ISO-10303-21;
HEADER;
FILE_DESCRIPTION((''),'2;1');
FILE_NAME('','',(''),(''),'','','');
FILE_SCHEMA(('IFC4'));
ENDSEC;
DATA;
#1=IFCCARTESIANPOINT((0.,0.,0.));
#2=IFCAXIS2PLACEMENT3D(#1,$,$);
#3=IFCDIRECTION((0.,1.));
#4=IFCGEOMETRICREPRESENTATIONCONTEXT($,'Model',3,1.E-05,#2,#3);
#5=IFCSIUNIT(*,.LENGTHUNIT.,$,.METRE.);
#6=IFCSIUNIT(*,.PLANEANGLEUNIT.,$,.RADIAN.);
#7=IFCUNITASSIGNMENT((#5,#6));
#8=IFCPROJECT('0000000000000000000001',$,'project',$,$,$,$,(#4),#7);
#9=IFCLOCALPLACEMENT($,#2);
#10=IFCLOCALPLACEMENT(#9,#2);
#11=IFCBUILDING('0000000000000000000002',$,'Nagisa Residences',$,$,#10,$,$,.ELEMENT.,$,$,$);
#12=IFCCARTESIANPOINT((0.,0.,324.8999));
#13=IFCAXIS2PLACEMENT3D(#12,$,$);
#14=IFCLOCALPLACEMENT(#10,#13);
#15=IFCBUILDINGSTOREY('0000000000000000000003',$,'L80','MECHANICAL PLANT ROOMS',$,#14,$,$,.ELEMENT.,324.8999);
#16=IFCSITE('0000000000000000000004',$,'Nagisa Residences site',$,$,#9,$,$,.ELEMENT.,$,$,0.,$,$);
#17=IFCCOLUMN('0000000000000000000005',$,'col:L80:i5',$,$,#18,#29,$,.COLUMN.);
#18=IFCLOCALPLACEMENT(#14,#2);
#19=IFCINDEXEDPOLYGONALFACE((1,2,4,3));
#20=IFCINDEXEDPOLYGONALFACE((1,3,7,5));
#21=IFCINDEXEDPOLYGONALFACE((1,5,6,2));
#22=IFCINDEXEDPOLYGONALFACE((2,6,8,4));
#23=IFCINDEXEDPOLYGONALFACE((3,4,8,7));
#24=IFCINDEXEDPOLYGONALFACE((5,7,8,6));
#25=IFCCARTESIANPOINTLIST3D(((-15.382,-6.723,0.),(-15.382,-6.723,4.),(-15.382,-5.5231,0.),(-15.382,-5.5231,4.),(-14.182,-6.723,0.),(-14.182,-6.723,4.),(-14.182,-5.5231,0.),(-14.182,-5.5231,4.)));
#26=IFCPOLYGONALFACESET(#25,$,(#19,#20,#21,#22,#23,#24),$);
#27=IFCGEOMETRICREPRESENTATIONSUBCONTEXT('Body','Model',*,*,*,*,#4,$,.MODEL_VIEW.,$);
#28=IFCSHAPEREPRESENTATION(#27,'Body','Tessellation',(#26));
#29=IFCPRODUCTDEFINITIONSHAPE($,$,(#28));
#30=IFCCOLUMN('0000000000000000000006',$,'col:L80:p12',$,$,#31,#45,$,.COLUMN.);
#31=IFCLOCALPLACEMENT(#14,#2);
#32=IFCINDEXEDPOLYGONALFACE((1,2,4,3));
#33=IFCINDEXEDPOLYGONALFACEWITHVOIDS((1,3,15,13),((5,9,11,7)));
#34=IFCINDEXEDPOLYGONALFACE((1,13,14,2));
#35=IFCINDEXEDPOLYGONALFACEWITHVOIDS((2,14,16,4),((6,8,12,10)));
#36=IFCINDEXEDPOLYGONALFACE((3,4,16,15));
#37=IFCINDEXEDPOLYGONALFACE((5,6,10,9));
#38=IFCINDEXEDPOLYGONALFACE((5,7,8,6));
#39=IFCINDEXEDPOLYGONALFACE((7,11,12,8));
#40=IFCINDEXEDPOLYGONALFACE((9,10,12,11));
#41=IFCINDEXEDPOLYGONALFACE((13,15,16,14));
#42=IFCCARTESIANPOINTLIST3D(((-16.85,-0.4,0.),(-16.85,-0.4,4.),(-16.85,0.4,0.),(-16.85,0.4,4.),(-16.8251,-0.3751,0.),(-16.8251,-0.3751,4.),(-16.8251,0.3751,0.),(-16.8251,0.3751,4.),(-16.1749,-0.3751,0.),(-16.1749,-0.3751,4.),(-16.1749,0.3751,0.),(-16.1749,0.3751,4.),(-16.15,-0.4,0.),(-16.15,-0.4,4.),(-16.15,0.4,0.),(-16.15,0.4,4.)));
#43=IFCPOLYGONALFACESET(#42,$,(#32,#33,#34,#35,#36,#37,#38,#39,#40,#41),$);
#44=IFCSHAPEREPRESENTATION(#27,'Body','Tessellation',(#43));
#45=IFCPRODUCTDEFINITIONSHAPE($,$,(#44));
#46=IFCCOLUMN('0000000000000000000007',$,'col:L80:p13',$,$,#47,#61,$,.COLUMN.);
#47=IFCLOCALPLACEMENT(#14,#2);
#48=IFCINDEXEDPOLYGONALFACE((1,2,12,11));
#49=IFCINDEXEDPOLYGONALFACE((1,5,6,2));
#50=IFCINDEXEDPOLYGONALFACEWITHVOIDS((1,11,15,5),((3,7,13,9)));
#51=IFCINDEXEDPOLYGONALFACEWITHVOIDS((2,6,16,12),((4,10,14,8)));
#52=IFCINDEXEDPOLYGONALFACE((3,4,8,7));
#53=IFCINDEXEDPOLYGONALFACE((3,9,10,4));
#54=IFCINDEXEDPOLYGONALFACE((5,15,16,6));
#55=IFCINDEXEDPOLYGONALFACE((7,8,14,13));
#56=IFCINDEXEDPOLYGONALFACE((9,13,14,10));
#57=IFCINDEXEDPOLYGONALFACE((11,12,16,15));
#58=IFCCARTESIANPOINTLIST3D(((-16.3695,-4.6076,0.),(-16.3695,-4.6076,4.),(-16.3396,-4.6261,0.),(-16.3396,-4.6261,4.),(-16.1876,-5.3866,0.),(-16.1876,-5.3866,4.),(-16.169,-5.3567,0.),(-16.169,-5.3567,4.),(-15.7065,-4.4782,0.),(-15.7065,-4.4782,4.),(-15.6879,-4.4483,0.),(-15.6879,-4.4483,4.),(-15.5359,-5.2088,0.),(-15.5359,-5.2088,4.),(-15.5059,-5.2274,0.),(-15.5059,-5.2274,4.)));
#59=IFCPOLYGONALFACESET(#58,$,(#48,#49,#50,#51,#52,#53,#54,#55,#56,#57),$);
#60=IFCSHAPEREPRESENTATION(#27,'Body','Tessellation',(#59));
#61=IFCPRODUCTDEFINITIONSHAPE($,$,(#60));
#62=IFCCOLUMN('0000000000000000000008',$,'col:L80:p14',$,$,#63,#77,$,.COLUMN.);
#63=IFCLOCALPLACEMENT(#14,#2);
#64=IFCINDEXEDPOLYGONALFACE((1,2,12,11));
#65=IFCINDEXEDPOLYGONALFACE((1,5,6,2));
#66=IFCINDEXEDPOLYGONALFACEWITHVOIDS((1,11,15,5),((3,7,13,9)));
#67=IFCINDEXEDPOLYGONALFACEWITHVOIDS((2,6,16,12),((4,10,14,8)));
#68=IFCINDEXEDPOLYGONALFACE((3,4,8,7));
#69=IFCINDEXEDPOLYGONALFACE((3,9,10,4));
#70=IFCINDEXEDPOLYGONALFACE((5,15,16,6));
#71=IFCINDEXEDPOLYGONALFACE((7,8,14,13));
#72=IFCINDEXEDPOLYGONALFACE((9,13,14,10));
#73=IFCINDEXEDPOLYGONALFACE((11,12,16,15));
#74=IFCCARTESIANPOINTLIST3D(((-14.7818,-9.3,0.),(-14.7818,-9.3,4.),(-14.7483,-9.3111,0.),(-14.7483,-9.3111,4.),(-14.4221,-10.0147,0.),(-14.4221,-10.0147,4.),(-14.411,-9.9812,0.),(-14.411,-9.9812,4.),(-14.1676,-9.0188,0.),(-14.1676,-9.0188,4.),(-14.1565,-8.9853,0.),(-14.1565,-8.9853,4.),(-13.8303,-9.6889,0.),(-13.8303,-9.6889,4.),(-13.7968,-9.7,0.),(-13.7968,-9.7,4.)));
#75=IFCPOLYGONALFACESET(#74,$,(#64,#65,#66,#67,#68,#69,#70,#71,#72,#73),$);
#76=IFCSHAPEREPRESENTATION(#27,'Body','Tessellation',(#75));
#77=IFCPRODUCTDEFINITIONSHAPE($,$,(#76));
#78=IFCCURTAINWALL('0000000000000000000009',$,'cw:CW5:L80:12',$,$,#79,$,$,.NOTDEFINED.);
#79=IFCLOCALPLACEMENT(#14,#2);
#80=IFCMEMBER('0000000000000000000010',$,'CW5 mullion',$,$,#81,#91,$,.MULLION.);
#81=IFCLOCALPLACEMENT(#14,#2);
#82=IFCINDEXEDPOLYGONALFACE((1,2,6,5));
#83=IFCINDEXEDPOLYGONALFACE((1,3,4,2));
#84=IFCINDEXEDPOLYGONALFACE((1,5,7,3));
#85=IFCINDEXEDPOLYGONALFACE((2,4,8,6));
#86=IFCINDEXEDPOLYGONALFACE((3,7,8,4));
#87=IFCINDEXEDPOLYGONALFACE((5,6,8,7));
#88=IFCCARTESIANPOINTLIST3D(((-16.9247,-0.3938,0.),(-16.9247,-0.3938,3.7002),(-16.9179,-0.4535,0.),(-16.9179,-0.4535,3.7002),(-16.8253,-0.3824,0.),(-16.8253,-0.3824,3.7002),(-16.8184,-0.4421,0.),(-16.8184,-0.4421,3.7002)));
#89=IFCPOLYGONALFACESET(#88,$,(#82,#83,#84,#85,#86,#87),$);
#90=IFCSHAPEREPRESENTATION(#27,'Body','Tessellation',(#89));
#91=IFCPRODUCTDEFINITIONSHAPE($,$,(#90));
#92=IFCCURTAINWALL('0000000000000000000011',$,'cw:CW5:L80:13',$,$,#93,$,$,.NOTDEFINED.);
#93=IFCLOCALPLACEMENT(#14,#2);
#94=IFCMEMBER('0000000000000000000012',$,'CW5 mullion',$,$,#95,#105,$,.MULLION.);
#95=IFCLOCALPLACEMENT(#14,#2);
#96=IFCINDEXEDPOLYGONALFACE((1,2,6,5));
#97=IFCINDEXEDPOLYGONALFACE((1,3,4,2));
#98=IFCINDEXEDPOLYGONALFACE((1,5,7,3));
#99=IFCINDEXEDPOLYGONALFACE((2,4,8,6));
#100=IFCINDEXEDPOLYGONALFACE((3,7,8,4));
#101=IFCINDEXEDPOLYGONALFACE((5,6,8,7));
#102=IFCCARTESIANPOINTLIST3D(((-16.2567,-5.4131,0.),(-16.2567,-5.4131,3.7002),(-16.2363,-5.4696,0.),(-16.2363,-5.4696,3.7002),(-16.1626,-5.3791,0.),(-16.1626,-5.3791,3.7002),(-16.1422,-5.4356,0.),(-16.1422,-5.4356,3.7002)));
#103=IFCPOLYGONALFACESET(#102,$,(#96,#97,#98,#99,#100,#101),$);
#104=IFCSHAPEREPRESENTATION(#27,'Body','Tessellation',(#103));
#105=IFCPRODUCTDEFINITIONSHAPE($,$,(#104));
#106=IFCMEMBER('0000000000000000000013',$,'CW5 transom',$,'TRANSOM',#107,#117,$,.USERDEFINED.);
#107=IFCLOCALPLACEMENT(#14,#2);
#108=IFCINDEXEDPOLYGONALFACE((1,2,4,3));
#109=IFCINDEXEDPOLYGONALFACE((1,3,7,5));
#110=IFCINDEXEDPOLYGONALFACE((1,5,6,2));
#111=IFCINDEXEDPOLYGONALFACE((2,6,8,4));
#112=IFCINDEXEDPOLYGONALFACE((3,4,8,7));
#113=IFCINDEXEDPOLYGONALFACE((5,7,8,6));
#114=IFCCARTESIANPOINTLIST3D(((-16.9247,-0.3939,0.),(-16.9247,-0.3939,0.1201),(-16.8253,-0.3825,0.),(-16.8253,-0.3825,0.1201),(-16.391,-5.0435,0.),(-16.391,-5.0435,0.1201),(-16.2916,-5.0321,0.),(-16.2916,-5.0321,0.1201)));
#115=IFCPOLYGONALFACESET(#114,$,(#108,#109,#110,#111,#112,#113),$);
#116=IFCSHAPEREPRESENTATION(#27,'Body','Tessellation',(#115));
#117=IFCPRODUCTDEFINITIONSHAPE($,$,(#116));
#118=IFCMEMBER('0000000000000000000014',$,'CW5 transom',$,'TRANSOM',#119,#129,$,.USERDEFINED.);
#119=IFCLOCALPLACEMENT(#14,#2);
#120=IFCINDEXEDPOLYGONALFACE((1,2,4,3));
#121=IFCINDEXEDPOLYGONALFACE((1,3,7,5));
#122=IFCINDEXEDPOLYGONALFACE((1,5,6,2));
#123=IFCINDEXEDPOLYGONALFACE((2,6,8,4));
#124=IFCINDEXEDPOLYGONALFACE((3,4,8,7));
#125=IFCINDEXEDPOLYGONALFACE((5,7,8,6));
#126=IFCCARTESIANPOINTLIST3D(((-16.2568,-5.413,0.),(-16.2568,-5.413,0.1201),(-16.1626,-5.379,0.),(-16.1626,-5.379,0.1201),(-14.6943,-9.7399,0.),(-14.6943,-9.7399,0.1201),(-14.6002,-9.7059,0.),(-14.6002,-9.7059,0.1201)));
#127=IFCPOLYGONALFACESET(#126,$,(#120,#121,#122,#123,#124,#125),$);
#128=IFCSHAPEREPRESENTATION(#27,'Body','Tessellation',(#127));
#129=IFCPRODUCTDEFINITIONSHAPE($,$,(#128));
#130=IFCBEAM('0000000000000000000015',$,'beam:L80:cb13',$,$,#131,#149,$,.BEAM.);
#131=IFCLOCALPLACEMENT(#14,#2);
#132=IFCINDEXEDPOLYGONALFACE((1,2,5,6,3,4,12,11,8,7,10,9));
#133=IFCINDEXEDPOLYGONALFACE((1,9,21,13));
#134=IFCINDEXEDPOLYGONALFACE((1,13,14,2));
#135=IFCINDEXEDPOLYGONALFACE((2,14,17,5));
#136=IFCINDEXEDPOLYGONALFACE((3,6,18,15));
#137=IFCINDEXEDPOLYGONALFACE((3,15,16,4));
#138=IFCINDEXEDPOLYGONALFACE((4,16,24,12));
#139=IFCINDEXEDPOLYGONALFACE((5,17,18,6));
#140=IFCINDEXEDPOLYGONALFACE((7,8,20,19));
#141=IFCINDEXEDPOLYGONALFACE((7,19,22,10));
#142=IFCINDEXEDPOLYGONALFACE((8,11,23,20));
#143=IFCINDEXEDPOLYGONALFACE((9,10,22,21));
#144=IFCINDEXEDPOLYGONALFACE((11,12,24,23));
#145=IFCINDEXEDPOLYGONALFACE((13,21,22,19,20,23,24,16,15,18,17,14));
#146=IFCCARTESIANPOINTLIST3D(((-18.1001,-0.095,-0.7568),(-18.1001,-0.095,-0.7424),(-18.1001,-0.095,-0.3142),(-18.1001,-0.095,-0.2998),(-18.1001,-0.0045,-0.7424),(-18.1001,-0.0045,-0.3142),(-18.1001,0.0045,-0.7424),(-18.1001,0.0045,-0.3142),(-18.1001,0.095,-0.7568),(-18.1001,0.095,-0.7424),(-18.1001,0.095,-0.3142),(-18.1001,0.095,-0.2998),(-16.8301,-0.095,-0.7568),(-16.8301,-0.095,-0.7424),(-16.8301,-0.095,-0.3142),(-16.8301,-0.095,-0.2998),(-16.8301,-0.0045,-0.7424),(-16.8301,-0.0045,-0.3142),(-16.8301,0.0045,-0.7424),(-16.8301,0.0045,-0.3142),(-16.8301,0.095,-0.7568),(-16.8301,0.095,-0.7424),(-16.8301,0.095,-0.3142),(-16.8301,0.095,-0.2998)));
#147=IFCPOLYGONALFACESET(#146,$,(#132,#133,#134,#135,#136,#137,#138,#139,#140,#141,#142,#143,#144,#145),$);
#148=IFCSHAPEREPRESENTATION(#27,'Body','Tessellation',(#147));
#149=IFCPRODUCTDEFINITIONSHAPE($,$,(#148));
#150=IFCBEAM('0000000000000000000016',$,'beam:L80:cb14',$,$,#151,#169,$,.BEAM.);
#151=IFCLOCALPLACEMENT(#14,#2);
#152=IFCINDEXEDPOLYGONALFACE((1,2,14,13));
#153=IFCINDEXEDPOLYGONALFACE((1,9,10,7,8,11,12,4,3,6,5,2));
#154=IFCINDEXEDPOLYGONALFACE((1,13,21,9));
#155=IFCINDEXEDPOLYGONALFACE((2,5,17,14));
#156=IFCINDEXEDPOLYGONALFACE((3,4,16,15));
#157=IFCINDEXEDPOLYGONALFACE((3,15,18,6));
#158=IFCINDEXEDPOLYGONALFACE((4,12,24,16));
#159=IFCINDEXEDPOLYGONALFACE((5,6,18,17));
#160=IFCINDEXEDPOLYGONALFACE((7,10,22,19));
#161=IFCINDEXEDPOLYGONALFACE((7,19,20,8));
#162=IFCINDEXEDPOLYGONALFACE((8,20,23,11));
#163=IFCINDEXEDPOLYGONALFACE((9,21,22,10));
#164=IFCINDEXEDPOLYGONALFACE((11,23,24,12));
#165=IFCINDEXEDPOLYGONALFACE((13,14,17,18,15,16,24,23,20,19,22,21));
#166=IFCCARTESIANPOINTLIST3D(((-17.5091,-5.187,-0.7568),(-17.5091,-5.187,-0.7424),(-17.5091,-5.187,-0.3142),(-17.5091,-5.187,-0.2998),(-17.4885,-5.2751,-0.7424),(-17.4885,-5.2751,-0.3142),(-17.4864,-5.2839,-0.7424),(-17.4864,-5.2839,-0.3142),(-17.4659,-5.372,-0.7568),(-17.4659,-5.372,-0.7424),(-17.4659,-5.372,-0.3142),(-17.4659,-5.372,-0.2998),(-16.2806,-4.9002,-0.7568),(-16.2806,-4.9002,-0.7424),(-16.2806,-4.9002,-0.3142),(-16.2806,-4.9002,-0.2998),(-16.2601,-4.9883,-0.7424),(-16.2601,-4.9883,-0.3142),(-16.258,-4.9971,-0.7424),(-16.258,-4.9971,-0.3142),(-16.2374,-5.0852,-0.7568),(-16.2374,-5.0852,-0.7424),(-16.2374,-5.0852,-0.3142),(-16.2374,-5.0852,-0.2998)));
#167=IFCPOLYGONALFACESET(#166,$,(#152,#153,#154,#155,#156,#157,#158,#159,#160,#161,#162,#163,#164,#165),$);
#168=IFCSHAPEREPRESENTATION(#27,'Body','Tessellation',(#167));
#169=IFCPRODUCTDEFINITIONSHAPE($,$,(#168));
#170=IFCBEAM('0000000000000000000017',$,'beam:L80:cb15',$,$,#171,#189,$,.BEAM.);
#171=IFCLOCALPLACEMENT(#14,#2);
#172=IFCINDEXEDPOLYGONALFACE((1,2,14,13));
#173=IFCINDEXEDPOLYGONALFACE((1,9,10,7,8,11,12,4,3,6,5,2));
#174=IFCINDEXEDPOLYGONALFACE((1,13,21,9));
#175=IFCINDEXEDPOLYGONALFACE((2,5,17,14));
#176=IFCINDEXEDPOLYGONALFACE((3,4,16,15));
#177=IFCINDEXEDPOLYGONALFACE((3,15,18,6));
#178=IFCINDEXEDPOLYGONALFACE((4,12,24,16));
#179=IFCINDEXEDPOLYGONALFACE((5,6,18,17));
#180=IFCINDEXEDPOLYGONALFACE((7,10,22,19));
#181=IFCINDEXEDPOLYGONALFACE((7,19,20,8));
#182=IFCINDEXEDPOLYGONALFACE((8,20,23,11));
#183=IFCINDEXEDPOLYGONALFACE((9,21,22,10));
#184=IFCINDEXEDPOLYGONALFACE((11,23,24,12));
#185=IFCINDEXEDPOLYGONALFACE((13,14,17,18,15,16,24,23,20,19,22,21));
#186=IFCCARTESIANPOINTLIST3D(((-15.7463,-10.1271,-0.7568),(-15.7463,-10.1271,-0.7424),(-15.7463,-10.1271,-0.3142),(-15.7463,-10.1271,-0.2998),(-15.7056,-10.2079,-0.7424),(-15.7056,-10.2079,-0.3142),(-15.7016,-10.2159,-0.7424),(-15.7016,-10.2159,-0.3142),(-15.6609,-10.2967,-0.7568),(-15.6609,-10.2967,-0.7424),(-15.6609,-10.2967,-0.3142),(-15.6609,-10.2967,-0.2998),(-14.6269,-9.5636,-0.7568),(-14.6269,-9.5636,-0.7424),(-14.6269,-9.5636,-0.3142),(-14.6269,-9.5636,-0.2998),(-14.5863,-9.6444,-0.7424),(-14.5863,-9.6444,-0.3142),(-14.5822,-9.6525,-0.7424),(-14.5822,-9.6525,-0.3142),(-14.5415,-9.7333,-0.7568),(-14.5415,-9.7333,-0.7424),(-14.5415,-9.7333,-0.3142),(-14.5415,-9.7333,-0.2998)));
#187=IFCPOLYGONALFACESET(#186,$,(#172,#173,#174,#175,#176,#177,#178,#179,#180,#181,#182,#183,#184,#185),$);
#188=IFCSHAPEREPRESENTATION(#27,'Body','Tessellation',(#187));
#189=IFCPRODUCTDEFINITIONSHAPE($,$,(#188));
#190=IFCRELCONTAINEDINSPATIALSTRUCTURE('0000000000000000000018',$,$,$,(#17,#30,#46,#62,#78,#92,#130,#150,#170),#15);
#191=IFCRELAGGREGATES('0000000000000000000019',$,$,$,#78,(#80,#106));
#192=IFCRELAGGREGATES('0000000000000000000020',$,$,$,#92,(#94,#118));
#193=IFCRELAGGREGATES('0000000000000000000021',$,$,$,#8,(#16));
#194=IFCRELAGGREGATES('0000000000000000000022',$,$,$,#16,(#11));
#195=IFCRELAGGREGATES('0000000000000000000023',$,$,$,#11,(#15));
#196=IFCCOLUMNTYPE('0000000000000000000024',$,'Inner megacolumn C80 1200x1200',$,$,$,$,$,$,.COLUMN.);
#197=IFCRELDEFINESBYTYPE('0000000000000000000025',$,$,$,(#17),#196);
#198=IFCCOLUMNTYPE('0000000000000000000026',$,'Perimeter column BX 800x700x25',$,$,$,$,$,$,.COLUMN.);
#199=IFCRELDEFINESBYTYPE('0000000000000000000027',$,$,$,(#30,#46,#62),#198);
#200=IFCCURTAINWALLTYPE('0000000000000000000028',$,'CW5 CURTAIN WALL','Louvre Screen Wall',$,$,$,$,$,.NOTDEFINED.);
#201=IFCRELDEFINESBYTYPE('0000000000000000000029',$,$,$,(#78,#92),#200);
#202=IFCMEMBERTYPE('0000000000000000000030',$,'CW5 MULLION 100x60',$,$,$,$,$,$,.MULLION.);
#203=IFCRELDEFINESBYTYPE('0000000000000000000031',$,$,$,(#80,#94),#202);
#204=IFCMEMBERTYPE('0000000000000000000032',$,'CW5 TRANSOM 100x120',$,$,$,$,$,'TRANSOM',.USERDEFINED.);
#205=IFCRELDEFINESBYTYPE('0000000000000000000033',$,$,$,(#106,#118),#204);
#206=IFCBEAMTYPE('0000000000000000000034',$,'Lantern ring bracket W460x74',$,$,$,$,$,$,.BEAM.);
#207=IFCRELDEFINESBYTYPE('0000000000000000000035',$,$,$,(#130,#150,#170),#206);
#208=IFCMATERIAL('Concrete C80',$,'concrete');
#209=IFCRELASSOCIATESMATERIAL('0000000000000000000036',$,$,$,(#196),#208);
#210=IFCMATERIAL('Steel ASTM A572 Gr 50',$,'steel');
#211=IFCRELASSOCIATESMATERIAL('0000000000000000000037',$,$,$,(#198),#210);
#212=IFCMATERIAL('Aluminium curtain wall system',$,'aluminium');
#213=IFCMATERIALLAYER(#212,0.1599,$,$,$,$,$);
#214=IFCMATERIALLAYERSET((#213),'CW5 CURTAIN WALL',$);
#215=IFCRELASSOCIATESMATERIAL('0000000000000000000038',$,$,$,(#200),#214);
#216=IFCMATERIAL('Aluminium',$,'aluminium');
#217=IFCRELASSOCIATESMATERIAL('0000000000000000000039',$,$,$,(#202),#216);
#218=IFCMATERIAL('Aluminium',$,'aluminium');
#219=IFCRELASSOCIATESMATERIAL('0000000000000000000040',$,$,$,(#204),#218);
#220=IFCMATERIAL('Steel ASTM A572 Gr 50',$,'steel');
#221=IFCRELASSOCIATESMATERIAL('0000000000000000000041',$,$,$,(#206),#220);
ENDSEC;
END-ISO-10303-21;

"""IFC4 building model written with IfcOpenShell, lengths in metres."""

from ifc_helpers import new_model, si_unit, direction, frame, origin, origin_2d, place, context, subcontext, project, spatial, rectangle, hollow_rectangle, i_section, extrude, material, layer, layer_set, material_profile, profile_set, type_object, element, aggregate, save


model = new_model("IFC4")

# Units and contexts
model_context = context("Model", 3, precision=1e-05, world=origin(), true_north=direction((0.0, 1.0)))
body_context = subcontext(model_context, "Body", "Model", "MODEL_VIEW")
ifc_project = project(units=[si_unit("LENGTHUNIT", "METRE"), si_unit("PLANEANGLEUNIT", "RADIAN")], contexts=[model_context])

# Site, building, storey
site_placement = place(None, origin())
site = spatial("IfcSite", under=ifc_project, at=site_placement, Name="Nagisa Residences site", CompositionType="ELEMENT", RefElevation=0.0)
building_placement = place(site_placement, origin())
building = spatial("IfcBuilding", under=site, at=building_placement, Name="Nagisa Residences", CompositionType="ELEMENT")
storey_placement = place(building_placement, frame((0.0, 0.0, 324.8999)))
storey = spatial("IfcBuildingStorey", under=building, at=storey_placement, Name="L80", Description="MECHANICAL PLANT ROOMS", CompositionType="ELEMENT", Elevation=324.8999)

# Columns
ifc_material_1 = material(Name="Concrete C80", Category="concrete")
ifc_material_profile_1 = material_profile(ifc_material_1, rectangle(XDim=1.2, YDim=1.2, at=origin_2d()), Name="C80 1200x1200")
ifc_profile_set_1 = profile_set([ifc_material_profile_1], Name="Concrete C80")
column_type_1 = type_object("IfcColumnType", Name="Inner megacolumn C80 1200x1200", PredefinedType="COLUMN", material=ifc_profile_set_1)
column_placement = place(storey_placement, frame((-14.782, -6.123, 0.0), z_axis=(0.0, 0.0, 1.0), x_axis=(1.0, 0.0, 0.0)))
element("IfcColumn", 1, at=column_placement, inside=storey, type_object=column_type_1, Name="col:L80:i5", PredefinedType="COLUMN", context=body_context, shape_type="SweptSolid", body=[
    extrude(rectangle(XDim=1.2, YDim=1.2, at=origin_2d()), origin(), (0.0, 0.0, 1.0), 4.0),
])
ifc_material_2 = material(Name="Steel ASTM A572 Gr 50", Category="steel")
ifc_material_profile_2 = material_profile(ifc_material_2, hollow_rectangle(XDim=0.8, YDim=0.7, WallThickness=0.0249, at=origin_2d()), Name="BX 800x700x25")
ifc_profile_set_2 = profile_set([ifc_material_profile_2], Name="Steel ASTM A572 Gr 50")
column_type_2 = type_object("IfcColumnType", Name="Perimeter column BX 800x700x25", PredefinedType="COLUMN", material=ifc_profile_set_2)
for number, where, z_axis, x_axis, name in (
    (2, (-16.5, 0.0, 0.0), (0.0, 0.0, 1.0), (0.0, -1.0, 0.0), "col:L80:p12"),
    (3, (-15.9377, -4.9175, 0.0), (0.0, 0.0, 1.0), (0.227473, -0.973784, 0.0), "col:L80:p13"),
    (4, (-14.2893, -9.5, 0.0), (0.0, 0.0, 1.0), (0.449592, -0.893234, 0.0), "col:L80:p14"),
):
    element("IfcColumn", number, at=place(storey_placement, frame(where, z_axis=z_axis, x_axis=x_axis)), inside=storey, type_object=column_type_2, Name=name, PredefinedType="COLUMN", context=body_context, shape_type="SweptSolid", body=[
        extrude(hollow_rectangle(XDim=0.8, YDim=0.7, WallThickness=0.0249, at=origin_2d()), origin(), (0.0, 0.0, 1.0), 4.0),
    ])

# Curtain walls, members
ifc_material_3 = material(Name="Aluminium curtain wall system", Category="aluminium")
ifc_layer_1 = layer(ifc_material_3, 0.1599)
ifc_layer_set_1 = layer_set([ifc_layer_1], Name="CW5 CURTAIN WALL")
curtain_wall_type = type_object("IfcCurtainWallType", Name="CW5 CURTAIN WALL", Description="Louvre Screen Wall", PredefinedType="NOTDEFINED", material=ifc_layer_set_1)
curtain_wall_1_placement = place(storey_placement, origin())
curtain_wall_1 = element("IfcCurtainWall", 5, at=curtain_wall_1_placement, inside=storey, type_object=curtain_wall_type, Name="cw:CW5:L80:12", PredefinedType="NOTDEFINED")
ifc_material_4 = material(Name="Aluminium", Category="aluminium")
ifc_material_profile_3 = material_profile(ifc_material_4, rectangle(XDim=0.1001, YDim=0.0601, at=origin_2d()), Name="CW5 MULLION 100x60")
ifc_profile_set_3 = profile_set([ifc_material_profile_3], Name="Aluminium")
member_type_1 = type_object("IfcMemberType", Name="CW5 MULLION 100x60", PredefinedType="MULLION", material=ifc_profile_set_3)
member_1_placement = place(storey_placement, frame((-16.8716, -0.418, 0.0), z_axis=(0.0, 0.0, 1.0), x_axis=(0.993478, 0.114025, 0.0)))
member_1 = element("IfcMember", 6, at=member_1_placement, type_object=member_type_1, Name="CW5 mullion", PredefinedType="MULLION", context=body_context, shape_type="SweptSolid", body=[
    extrude(rectangle(XDim=0.1001, YDim=0.0601, at=origin_2d()), origin(), (0.0, 0.0, 1.0), 3.7002),
])
curtain_wall_2_placement = place(storey_placement, origin())
curtain_wall_2 = element("IfcCurtainWall", 7, at=curtain_wall_2_placement, inside=storey, type_object=curtain_wall_type, Name="cw:CW5:L80:13", PredefinedType="NOTDEFINED")
member_2_placement = place(storey_placement, frame((-16.1995, -5.4243, 0.0), z_axis=(0.0, 0.0, 1.0), x_axis=(0.940554, 0.339643, 0.0)))
member_2 = element("IfcMember", 8, at=member_2_placement, type_object=member_type_1, Name="CW5 mullion", PredefinedType="MULLION", context=body_context, shape_type="SweptSolid", body=[
    extrude(rectangle(XDim=0.1001, YDim=0.0601, at=origin_2d()), origin(), (0.0, 0.0, 1.0), 3.7002),
])

# Members
ifc_material_5 = material(Name="Aluminium", Category="aluminium")
ifc_material_profile_4 = material_profile(ifc_material_5, rectangle(XDim=0.1001, YDim=0.1201, at=origin_2d()), Name="CW5 TRANSOM 100x120")
ifc_profile_set_4 = profile_set([ifc_material_profile_4], Name="Aluminium")
member_type_2 = type_object("IfcMemberType", Name="CW5 TRANSOM 100x120", ElementType="TRANSOM", PredefinedType="USERDEFINED", material=ifc_profile_set_4)
member_3_placement = place(storey_placement, frame((-16.875, -0.3882, 0.0601), z_axis=(0.114032, -0.993477, 0.0), x_axis=(0.993477, 0.114032, 0.0)))
member_3 = element("IfcMember", 9, at=member_3_placement, type_object=member_type_2, Name="CW5 transom", ObjectType="TRANSOM", PredefinedType="USERDEFINED", context=body_context, shape_type="SweptSolid", body=[
    extrude(rectangle(XDim=0.1001, YDim=0.1201, at=origin_2d()), origin(), (0.0, 0.0, 1.0), 4.6802),
])
member_4_placement = place(storey_placement, frame((-16.2097, -5.396, 0.0601), z_axis=(0.339646, -0.940553, 0.0), x_axis=(0.940553, 0.339646, 0.0)))
member_4 = element("IfcMember", 10, at=member_4_placement, type_object=member_type_2, Name="CW5 transom", ObjectType="TRANSOM", PredefinedType="USERDEFINED", context=body_context, shape_type="SweptSolid", body=[
    extrude(rectangle(XDim=0.1001, YDim=0.1201, at=origin_2d()), origin(), (0.0, 0.0, 1.0), 4.6003),
])

# Beams
ifc_material_6 = material(Name="Steel ASTM A572 Gr 50", Category="steel")
ifc_material_profile_5 = material_profile(ifc_material_6, i_section(OverallWidth=0.1899, OverallDepth=0.457, WebThickness=0.009, FlangeThickness=0.0144, at=origin_2d()), Name="W460x74")
ifc_profile_set_5 = profile_set([ifc_material_profile_5], Name="Steel ASTM A572 Gr 50")
beam_type_1 = type_object("IfcBeamType", Name="Lantern ring bracket W460x74", PredefinedType="BEAM", material=ifc_profile_set_5)
beam_1_placement = place(storey_placement, frame((-16.8301, 0.0, -0.5283), z_axis=(-1.0, 0.0, 0.0), x_axis=(0.0, -1.0, 0.0)))
element("IfcBeam", 11, at=beam_1_placement, inside=storey, type_object=beam_type_1, Name="beam:L80:cb13", PredefinedType="BEAM", context=body_context, shape_type="SweptSolid", body=[
    extrude(i_section(OverallWidth=0.1899, OverallDepth=0.457, WebThickness=0.009, FlangeThickness=0.0144, at=origin_2d()), origin(), (0.0, 0.0, 1.0), 1.27),
])
beam_2_placement = place(storey_placement, frame((-16.259, -4.9927, -0.5283), z_axis=(-0.973804, -0.227389, 0.0), x_axis=(0.227389, -0.973804, 0.0)))
element("IfcBeam", 12, at=beam_2_placement, inside=storey, type_object=beam_type_1, Name="beam:L80:cb14", PredefinedType="BEAM", context=body_context, shape_type="SweptSolid", body=[
    extrude(i_section(OverallWidth=0.1899, OverallDepth=0.457, WebThickness=0.009, FlangeThickness=0.0144, at=origin_2d()), origin(), (0.0, 0.0, 1.0), 1.2615),
])
beam_3_placement = place(storey_placement, frame((-14.5842, -9.6484, -0.5283), z_axis=(-0.893216, -0.449628, 0.0), x_axis=(0.449628, -0.893216, 0.0)))
element("IfcBeam", 13, at=beam_3_placement, inside=storey, type_object=beam_type_1, Name="beam:L80:cb15", PredefinedType="BEAM", context=body_context, shape_type="SweptSolid", body=[
    extrude(i_section(OverallWidth=0.1899, OverallDepth=0.457, WebThickness=0.009, FlangeThickness=0.0144, at=origin_2d()), origin(), (0.0, 0.0, 1.0), 1.2532),
])

aggregate(curtain_wall_1, [member_1, member_3])
aggregate(curtain_wall_2, [member_2, member_4])

save(model, "model.ifc")
